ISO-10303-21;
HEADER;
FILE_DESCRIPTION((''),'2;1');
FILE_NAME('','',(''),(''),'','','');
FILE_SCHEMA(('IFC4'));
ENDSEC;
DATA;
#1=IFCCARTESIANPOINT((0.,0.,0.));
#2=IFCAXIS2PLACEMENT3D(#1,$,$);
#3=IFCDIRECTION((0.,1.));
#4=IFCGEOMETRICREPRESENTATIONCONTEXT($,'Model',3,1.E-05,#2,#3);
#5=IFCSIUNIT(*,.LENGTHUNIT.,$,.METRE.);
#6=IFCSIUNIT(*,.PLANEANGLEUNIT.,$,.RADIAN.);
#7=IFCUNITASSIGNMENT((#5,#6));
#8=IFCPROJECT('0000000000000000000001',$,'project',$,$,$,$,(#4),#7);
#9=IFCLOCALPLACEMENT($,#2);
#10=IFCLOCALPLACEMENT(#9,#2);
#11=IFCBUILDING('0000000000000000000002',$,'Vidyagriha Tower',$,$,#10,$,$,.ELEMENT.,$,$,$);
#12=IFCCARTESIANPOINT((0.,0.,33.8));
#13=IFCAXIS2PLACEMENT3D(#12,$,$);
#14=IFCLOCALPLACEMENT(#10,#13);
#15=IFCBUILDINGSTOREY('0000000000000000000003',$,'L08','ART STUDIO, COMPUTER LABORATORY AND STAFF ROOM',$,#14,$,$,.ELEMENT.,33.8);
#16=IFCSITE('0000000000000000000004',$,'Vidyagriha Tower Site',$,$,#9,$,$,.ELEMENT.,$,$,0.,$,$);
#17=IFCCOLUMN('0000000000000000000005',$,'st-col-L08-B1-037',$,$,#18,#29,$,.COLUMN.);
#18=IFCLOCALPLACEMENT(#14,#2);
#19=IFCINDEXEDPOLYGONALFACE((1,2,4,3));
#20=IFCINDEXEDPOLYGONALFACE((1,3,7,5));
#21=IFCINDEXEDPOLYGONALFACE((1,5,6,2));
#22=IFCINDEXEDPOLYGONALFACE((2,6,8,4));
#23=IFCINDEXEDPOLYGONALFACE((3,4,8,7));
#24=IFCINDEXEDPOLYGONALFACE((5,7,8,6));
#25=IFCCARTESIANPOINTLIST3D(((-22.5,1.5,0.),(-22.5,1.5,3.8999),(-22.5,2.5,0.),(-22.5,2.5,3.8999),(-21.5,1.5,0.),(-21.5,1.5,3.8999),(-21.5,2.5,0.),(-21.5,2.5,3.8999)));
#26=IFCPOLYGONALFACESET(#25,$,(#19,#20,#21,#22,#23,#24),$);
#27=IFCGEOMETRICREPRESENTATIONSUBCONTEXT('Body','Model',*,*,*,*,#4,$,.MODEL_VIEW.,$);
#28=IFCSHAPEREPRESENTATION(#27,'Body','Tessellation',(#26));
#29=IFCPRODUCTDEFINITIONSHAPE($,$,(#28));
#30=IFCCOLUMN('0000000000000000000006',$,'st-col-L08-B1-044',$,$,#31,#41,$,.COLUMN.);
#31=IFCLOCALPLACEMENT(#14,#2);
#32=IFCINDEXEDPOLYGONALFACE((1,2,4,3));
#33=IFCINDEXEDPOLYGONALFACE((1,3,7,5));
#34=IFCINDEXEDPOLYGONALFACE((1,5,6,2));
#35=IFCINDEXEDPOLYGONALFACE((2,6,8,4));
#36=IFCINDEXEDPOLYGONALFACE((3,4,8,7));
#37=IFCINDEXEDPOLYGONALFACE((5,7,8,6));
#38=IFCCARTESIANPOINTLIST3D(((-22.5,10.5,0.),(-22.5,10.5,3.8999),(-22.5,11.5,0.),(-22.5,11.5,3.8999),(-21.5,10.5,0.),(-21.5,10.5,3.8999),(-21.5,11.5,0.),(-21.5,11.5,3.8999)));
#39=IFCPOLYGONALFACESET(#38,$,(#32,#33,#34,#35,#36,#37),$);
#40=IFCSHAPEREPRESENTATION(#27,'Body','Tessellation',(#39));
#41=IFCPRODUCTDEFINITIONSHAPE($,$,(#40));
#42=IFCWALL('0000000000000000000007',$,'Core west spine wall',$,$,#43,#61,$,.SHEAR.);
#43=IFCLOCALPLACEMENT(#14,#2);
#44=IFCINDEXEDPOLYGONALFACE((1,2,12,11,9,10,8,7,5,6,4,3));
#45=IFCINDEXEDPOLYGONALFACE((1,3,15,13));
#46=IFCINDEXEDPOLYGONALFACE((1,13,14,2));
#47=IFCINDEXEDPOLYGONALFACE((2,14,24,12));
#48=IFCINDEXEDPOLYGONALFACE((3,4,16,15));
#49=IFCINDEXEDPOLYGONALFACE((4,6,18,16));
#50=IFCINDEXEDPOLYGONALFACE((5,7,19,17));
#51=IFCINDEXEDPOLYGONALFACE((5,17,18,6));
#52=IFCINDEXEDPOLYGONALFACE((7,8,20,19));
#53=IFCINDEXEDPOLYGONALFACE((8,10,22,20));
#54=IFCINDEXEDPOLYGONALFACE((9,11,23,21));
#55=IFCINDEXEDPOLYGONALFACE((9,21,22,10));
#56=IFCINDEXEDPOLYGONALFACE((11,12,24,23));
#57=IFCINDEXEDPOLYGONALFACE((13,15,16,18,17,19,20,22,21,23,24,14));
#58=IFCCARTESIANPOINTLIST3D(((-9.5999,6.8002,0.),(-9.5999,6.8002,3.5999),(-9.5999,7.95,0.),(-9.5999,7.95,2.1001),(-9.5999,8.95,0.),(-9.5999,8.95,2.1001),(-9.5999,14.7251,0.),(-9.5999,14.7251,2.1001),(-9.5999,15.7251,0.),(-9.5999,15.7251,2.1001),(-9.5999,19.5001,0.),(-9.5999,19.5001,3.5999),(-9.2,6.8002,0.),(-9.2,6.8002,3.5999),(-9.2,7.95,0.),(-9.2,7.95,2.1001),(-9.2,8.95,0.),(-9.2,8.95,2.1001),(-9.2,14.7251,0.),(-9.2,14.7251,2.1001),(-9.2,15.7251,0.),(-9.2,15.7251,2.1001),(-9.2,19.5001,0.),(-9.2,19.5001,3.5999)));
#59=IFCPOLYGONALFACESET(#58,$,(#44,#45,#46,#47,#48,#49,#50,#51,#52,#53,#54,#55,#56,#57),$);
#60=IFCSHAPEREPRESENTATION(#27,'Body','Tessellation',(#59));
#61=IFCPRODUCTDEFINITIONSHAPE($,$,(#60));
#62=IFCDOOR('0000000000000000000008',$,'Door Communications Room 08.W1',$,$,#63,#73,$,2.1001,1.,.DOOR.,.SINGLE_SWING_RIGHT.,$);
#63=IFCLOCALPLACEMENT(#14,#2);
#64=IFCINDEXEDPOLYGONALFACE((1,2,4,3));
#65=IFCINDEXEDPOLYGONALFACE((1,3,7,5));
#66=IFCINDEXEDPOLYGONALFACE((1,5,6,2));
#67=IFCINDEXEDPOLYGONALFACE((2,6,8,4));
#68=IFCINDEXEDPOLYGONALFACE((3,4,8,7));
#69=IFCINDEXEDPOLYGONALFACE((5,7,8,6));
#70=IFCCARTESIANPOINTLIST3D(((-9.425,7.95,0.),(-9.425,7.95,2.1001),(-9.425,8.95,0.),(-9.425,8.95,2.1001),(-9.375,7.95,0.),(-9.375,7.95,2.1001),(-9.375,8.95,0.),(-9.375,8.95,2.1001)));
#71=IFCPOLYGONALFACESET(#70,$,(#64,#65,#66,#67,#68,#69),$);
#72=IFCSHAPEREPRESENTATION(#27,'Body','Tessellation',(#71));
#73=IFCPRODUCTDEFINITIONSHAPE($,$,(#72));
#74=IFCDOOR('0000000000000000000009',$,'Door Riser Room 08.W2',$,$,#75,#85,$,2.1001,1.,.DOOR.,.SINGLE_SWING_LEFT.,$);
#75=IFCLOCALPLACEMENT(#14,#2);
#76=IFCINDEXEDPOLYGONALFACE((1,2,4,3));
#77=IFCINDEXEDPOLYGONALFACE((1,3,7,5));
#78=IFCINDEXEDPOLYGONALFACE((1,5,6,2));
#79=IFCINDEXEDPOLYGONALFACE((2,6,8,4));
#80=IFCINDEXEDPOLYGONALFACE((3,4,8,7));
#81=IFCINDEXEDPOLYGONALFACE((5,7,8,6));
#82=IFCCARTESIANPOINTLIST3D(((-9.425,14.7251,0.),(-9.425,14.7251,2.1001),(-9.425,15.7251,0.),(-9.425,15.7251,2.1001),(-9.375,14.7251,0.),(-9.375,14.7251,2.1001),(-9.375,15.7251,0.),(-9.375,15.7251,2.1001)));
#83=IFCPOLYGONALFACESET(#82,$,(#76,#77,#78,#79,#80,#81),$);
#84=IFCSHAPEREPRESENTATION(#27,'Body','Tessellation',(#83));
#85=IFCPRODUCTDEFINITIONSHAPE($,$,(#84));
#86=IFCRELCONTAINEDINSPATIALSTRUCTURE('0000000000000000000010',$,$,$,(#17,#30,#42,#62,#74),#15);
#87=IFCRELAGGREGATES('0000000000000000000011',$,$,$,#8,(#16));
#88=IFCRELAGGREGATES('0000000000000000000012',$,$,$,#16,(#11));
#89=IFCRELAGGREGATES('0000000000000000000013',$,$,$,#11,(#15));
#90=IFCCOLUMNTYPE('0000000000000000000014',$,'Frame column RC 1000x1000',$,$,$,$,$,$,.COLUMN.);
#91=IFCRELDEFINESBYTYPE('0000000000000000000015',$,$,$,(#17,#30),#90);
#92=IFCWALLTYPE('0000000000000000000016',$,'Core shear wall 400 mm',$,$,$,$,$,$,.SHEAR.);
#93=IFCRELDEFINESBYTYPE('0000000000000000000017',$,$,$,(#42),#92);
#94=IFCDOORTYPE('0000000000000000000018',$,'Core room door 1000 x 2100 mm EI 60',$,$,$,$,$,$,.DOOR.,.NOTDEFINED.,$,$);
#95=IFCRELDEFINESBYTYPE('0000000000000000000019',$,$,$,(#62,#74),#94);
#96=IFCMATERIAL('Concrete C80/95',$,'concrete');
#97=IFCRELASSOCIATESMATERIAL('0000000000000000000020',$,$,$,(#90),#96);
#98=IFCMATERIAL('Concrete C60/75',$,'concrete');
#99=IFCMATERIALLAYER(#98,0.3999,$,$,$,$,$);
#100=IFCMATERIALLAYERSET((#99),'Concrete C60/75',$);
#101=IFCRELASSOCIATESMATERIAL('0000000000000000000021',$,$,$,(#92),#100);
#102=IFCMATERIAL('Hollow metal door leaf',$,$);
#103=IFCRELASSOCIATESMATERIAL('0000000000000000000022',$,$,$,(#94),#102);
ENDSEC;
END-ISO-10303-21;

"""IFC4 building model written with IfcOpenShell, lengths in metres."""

from ifc_helpers import new_model, si_unit, direction, frame, frame_2d, origin, origin_2d, place, context, subcontext, project, spatial, rectangle, extrude, material, layer, layer_set, material_profile, profile_set, type_object, element, fill, save


model = new_model("IFC4")

# Units and contexts
model_context = context("Model", 3, precision=1e-05, world=origin(), true_north=direction((0.0, 1.0)))
body_context = subcontext(model_context, "Body", "Model", "MODEL_VIEW")
ifc_project = project(units=[si_unit("LENGTHUNIT", "METRE"), si_unit("PLANEANGLEUNIT", "RADIAN")], contexts=[model_context])

# Site, building, storey
site_placement = place(None, origin())
site = spatial("IfcSite", under=ifc_project, at=site_placement, Name="Vidyagriha Tower Site", CompositionType="ELEMENT", RefElevation=0.0)
building_placement = place(site_placement, origin())
building = spatial("IfcBuilding", under=site, at=building_placement, Name="Vidyagriha Tower", CompositionType="ELEMENT")
storey_placement = place(building_placement, frame((0.0, 0.0, 33.8)))
storey = spatial("IfcBuildingStorey", under=building, at=storey_placement, Name="L08", Description="ART STUDIO, COMPUTER LABORATORY AND STAFF ROOM", CompositionType="ELEMENT", Elevation=33.8)

# Columns
ifc_material_1 = material(Name="Concrete C80/95", Category="concrete")
ifc_material_profile = material_profile(ifc_material_1, rectangle(XDim=1.0, YDim=1.0, at=origin_2d()), Name="RC 1000x1000")
ifc_profile_set = profile_set([ifc_material_profile], Name="Concrete C80/95")
column_type = type_object("IfcColumnType", Name="Frame column RC 1000x1000", PredefinedType="COLUMN", material=ifc_profile_set)
for number, where, name in (
    (1, (-22.0, 2.0, 0.0), "st-col-L08-B1-037"),
    (2, (-22.0, 11.0, 0.0), "st-col-L08-B1-044"),
):
    element("IfcColumn", number, at=place(storey_placement, frame(where)), inside=storey, type_object=column_type, Name=name, PredefinedType="COLUMN", context=body_context, shape_type="SweptSolid", body=[
        extrude(rectangle(XDim=1.0, YDim=1.0, at=origin_2d()), origin(), (0.0, 0.0, 1.0), 3.8999),
    ])

# Wall, openings, doors
ifc_material_2 = material(Name="Concrete C60/75", Category="concrete")
ifc_layer_1 = layer(ifc_material_2, 0.3999)
ifc_layer_set_1 = layer_set([ifc_layer_1], Name="Concrete C60/75")
wall_type_1 = type_object("IfcWallType", Name="Core shear wall 400 mm", PredefinedType="SHEAR", material=ifc_layer_set_1)
wall_1_placement = place(storey_placement, frame((-9.3999, 6.8, 0.0), z_axis=(0.0, 0.0, 1.0), x_axis=(0.0, 1.0, 0.0)))
wall_1 = element("IfcWall", 3, at=wall_1_placement, inside=storey, type_object=wall_type_1, Name="Core west spine wall", PredefinedType="SHEAR", context=body_context, shape_type="SweptSolid", body=[
    extrude(rectangle(XDim=12.7, YDim=0.3999, at=frame_2d((6.3501, 0.0))), origin(), (0.0, 0.0, 1.0), 3.5999),
])
opening_1_placement = place(wall_1_placement, frame((1.1499, 0.0, 0.0)))
opening_1 = element("IfcOpeningElement", 4, at=opening_1_placement, cuts=wall_1, PredefinedType="OPENING", context=body_context, shape_type="SweptSolid", body=[
    extrude(rectangle(XDim=1.0, YDim=2.1001, at=frame_2d((0.5, 1.05))), frame((0.0, 0.21, 0.0), z_axis=(0.0, -1.0, 0.0), x_axis=(1.0, 0.0, 0.0)), (0.0, 0.0, 1.0), 0.4199),
])
opening_2_placement = place(wall_1_placement, frame((7.925, 0.0, 0.0)))
opening_2 = element("IfcOpeningElement", 5, at=opening_2_placement, cuts=wall_1, PredefinedType="OPENING", context=body_context, shape_type="SweptSolid", body=[
    extrude(rectangle(XDim=1.0, YDim=2.1001, at=frame_2d((0.5, 1.05))), frame((0.0, 0.21, 0.0), z_axis=(0.0, -1.0, 0.0), x_axis=(1.0, 0.0, 0.0)), (0.0, 0.0, 1.0), 0.4199),
])
ifc_material_3 = material(Name="Hollow metal door leaf")
door_type_1 = type_object("IfcDoorType", Name="Core room door 1000 x 2100 mm EI 60", OperationType="NOTDEFINED", PredefinedType="DOOR", material=ifc_material_3)
door_1_placement = place(opening_1_placement, frame((1.0, 0.0, 0.0), z_axis=(0.0, 0.0, 1.0), x_axis=(-1.0, 0.0, 0.0)))
door_1 = element("IfcDoor", 6, at=door_1_placement, inside=storey, type_object=door_type_1, Name="Door Communications Room 08.W1", OperationType="SINGLE_SWING_RIGHT", OverallHeight=2.1001, OverallWidth=1.0, PredefinedType="DOOR", context=body_context, shape_type="SweptSolid", body=[
    extrude(rectangle(XDim=1.0, YDim=2.1001, at=frame_2d((0.5, 1.05))), frame((0.0, 0.0249, 0.0), z_axis=(0.0, -1.0, 0.0), x_axis=(1.0, 0.0, 0.0)), (0.0, 0.0, 1.0), 0.05),
])
fill(opening_1, door_1)
door_2_placement = place(opening_2_placement, frame((1.0, 0.0, 0.0), z_axis=(0.0, 0.0, 1.0), x_axis=(-1.0, 0.0, 0.0)))
door_2 = element("IfcDoor", 7, at=door_2_placement, inside=storey, type_object=door_type_1, Name="Door Riser Room 08.W2", OperationType="SINGLE_SWING_LEFT", OverallHeight=2.1001, OverallWidth=1.0, PredefinedType="DOOR", context=body_context, shape_type="SweptSolid", body=[
    extrude(rectangle(XDim=1.0, YDim=2.1001, at=frame_2d((0.5, 1.05))), frame((0.0, 0.0249, 0.0), z_axis=(0.0, -1.0, 0.0), x_axis=(1.0, 0.0, 0.0)), (0.0, 0.0, 1.0), 0.05),
])
fill(opening_2, door_2)

save(model, "model.ifc")
